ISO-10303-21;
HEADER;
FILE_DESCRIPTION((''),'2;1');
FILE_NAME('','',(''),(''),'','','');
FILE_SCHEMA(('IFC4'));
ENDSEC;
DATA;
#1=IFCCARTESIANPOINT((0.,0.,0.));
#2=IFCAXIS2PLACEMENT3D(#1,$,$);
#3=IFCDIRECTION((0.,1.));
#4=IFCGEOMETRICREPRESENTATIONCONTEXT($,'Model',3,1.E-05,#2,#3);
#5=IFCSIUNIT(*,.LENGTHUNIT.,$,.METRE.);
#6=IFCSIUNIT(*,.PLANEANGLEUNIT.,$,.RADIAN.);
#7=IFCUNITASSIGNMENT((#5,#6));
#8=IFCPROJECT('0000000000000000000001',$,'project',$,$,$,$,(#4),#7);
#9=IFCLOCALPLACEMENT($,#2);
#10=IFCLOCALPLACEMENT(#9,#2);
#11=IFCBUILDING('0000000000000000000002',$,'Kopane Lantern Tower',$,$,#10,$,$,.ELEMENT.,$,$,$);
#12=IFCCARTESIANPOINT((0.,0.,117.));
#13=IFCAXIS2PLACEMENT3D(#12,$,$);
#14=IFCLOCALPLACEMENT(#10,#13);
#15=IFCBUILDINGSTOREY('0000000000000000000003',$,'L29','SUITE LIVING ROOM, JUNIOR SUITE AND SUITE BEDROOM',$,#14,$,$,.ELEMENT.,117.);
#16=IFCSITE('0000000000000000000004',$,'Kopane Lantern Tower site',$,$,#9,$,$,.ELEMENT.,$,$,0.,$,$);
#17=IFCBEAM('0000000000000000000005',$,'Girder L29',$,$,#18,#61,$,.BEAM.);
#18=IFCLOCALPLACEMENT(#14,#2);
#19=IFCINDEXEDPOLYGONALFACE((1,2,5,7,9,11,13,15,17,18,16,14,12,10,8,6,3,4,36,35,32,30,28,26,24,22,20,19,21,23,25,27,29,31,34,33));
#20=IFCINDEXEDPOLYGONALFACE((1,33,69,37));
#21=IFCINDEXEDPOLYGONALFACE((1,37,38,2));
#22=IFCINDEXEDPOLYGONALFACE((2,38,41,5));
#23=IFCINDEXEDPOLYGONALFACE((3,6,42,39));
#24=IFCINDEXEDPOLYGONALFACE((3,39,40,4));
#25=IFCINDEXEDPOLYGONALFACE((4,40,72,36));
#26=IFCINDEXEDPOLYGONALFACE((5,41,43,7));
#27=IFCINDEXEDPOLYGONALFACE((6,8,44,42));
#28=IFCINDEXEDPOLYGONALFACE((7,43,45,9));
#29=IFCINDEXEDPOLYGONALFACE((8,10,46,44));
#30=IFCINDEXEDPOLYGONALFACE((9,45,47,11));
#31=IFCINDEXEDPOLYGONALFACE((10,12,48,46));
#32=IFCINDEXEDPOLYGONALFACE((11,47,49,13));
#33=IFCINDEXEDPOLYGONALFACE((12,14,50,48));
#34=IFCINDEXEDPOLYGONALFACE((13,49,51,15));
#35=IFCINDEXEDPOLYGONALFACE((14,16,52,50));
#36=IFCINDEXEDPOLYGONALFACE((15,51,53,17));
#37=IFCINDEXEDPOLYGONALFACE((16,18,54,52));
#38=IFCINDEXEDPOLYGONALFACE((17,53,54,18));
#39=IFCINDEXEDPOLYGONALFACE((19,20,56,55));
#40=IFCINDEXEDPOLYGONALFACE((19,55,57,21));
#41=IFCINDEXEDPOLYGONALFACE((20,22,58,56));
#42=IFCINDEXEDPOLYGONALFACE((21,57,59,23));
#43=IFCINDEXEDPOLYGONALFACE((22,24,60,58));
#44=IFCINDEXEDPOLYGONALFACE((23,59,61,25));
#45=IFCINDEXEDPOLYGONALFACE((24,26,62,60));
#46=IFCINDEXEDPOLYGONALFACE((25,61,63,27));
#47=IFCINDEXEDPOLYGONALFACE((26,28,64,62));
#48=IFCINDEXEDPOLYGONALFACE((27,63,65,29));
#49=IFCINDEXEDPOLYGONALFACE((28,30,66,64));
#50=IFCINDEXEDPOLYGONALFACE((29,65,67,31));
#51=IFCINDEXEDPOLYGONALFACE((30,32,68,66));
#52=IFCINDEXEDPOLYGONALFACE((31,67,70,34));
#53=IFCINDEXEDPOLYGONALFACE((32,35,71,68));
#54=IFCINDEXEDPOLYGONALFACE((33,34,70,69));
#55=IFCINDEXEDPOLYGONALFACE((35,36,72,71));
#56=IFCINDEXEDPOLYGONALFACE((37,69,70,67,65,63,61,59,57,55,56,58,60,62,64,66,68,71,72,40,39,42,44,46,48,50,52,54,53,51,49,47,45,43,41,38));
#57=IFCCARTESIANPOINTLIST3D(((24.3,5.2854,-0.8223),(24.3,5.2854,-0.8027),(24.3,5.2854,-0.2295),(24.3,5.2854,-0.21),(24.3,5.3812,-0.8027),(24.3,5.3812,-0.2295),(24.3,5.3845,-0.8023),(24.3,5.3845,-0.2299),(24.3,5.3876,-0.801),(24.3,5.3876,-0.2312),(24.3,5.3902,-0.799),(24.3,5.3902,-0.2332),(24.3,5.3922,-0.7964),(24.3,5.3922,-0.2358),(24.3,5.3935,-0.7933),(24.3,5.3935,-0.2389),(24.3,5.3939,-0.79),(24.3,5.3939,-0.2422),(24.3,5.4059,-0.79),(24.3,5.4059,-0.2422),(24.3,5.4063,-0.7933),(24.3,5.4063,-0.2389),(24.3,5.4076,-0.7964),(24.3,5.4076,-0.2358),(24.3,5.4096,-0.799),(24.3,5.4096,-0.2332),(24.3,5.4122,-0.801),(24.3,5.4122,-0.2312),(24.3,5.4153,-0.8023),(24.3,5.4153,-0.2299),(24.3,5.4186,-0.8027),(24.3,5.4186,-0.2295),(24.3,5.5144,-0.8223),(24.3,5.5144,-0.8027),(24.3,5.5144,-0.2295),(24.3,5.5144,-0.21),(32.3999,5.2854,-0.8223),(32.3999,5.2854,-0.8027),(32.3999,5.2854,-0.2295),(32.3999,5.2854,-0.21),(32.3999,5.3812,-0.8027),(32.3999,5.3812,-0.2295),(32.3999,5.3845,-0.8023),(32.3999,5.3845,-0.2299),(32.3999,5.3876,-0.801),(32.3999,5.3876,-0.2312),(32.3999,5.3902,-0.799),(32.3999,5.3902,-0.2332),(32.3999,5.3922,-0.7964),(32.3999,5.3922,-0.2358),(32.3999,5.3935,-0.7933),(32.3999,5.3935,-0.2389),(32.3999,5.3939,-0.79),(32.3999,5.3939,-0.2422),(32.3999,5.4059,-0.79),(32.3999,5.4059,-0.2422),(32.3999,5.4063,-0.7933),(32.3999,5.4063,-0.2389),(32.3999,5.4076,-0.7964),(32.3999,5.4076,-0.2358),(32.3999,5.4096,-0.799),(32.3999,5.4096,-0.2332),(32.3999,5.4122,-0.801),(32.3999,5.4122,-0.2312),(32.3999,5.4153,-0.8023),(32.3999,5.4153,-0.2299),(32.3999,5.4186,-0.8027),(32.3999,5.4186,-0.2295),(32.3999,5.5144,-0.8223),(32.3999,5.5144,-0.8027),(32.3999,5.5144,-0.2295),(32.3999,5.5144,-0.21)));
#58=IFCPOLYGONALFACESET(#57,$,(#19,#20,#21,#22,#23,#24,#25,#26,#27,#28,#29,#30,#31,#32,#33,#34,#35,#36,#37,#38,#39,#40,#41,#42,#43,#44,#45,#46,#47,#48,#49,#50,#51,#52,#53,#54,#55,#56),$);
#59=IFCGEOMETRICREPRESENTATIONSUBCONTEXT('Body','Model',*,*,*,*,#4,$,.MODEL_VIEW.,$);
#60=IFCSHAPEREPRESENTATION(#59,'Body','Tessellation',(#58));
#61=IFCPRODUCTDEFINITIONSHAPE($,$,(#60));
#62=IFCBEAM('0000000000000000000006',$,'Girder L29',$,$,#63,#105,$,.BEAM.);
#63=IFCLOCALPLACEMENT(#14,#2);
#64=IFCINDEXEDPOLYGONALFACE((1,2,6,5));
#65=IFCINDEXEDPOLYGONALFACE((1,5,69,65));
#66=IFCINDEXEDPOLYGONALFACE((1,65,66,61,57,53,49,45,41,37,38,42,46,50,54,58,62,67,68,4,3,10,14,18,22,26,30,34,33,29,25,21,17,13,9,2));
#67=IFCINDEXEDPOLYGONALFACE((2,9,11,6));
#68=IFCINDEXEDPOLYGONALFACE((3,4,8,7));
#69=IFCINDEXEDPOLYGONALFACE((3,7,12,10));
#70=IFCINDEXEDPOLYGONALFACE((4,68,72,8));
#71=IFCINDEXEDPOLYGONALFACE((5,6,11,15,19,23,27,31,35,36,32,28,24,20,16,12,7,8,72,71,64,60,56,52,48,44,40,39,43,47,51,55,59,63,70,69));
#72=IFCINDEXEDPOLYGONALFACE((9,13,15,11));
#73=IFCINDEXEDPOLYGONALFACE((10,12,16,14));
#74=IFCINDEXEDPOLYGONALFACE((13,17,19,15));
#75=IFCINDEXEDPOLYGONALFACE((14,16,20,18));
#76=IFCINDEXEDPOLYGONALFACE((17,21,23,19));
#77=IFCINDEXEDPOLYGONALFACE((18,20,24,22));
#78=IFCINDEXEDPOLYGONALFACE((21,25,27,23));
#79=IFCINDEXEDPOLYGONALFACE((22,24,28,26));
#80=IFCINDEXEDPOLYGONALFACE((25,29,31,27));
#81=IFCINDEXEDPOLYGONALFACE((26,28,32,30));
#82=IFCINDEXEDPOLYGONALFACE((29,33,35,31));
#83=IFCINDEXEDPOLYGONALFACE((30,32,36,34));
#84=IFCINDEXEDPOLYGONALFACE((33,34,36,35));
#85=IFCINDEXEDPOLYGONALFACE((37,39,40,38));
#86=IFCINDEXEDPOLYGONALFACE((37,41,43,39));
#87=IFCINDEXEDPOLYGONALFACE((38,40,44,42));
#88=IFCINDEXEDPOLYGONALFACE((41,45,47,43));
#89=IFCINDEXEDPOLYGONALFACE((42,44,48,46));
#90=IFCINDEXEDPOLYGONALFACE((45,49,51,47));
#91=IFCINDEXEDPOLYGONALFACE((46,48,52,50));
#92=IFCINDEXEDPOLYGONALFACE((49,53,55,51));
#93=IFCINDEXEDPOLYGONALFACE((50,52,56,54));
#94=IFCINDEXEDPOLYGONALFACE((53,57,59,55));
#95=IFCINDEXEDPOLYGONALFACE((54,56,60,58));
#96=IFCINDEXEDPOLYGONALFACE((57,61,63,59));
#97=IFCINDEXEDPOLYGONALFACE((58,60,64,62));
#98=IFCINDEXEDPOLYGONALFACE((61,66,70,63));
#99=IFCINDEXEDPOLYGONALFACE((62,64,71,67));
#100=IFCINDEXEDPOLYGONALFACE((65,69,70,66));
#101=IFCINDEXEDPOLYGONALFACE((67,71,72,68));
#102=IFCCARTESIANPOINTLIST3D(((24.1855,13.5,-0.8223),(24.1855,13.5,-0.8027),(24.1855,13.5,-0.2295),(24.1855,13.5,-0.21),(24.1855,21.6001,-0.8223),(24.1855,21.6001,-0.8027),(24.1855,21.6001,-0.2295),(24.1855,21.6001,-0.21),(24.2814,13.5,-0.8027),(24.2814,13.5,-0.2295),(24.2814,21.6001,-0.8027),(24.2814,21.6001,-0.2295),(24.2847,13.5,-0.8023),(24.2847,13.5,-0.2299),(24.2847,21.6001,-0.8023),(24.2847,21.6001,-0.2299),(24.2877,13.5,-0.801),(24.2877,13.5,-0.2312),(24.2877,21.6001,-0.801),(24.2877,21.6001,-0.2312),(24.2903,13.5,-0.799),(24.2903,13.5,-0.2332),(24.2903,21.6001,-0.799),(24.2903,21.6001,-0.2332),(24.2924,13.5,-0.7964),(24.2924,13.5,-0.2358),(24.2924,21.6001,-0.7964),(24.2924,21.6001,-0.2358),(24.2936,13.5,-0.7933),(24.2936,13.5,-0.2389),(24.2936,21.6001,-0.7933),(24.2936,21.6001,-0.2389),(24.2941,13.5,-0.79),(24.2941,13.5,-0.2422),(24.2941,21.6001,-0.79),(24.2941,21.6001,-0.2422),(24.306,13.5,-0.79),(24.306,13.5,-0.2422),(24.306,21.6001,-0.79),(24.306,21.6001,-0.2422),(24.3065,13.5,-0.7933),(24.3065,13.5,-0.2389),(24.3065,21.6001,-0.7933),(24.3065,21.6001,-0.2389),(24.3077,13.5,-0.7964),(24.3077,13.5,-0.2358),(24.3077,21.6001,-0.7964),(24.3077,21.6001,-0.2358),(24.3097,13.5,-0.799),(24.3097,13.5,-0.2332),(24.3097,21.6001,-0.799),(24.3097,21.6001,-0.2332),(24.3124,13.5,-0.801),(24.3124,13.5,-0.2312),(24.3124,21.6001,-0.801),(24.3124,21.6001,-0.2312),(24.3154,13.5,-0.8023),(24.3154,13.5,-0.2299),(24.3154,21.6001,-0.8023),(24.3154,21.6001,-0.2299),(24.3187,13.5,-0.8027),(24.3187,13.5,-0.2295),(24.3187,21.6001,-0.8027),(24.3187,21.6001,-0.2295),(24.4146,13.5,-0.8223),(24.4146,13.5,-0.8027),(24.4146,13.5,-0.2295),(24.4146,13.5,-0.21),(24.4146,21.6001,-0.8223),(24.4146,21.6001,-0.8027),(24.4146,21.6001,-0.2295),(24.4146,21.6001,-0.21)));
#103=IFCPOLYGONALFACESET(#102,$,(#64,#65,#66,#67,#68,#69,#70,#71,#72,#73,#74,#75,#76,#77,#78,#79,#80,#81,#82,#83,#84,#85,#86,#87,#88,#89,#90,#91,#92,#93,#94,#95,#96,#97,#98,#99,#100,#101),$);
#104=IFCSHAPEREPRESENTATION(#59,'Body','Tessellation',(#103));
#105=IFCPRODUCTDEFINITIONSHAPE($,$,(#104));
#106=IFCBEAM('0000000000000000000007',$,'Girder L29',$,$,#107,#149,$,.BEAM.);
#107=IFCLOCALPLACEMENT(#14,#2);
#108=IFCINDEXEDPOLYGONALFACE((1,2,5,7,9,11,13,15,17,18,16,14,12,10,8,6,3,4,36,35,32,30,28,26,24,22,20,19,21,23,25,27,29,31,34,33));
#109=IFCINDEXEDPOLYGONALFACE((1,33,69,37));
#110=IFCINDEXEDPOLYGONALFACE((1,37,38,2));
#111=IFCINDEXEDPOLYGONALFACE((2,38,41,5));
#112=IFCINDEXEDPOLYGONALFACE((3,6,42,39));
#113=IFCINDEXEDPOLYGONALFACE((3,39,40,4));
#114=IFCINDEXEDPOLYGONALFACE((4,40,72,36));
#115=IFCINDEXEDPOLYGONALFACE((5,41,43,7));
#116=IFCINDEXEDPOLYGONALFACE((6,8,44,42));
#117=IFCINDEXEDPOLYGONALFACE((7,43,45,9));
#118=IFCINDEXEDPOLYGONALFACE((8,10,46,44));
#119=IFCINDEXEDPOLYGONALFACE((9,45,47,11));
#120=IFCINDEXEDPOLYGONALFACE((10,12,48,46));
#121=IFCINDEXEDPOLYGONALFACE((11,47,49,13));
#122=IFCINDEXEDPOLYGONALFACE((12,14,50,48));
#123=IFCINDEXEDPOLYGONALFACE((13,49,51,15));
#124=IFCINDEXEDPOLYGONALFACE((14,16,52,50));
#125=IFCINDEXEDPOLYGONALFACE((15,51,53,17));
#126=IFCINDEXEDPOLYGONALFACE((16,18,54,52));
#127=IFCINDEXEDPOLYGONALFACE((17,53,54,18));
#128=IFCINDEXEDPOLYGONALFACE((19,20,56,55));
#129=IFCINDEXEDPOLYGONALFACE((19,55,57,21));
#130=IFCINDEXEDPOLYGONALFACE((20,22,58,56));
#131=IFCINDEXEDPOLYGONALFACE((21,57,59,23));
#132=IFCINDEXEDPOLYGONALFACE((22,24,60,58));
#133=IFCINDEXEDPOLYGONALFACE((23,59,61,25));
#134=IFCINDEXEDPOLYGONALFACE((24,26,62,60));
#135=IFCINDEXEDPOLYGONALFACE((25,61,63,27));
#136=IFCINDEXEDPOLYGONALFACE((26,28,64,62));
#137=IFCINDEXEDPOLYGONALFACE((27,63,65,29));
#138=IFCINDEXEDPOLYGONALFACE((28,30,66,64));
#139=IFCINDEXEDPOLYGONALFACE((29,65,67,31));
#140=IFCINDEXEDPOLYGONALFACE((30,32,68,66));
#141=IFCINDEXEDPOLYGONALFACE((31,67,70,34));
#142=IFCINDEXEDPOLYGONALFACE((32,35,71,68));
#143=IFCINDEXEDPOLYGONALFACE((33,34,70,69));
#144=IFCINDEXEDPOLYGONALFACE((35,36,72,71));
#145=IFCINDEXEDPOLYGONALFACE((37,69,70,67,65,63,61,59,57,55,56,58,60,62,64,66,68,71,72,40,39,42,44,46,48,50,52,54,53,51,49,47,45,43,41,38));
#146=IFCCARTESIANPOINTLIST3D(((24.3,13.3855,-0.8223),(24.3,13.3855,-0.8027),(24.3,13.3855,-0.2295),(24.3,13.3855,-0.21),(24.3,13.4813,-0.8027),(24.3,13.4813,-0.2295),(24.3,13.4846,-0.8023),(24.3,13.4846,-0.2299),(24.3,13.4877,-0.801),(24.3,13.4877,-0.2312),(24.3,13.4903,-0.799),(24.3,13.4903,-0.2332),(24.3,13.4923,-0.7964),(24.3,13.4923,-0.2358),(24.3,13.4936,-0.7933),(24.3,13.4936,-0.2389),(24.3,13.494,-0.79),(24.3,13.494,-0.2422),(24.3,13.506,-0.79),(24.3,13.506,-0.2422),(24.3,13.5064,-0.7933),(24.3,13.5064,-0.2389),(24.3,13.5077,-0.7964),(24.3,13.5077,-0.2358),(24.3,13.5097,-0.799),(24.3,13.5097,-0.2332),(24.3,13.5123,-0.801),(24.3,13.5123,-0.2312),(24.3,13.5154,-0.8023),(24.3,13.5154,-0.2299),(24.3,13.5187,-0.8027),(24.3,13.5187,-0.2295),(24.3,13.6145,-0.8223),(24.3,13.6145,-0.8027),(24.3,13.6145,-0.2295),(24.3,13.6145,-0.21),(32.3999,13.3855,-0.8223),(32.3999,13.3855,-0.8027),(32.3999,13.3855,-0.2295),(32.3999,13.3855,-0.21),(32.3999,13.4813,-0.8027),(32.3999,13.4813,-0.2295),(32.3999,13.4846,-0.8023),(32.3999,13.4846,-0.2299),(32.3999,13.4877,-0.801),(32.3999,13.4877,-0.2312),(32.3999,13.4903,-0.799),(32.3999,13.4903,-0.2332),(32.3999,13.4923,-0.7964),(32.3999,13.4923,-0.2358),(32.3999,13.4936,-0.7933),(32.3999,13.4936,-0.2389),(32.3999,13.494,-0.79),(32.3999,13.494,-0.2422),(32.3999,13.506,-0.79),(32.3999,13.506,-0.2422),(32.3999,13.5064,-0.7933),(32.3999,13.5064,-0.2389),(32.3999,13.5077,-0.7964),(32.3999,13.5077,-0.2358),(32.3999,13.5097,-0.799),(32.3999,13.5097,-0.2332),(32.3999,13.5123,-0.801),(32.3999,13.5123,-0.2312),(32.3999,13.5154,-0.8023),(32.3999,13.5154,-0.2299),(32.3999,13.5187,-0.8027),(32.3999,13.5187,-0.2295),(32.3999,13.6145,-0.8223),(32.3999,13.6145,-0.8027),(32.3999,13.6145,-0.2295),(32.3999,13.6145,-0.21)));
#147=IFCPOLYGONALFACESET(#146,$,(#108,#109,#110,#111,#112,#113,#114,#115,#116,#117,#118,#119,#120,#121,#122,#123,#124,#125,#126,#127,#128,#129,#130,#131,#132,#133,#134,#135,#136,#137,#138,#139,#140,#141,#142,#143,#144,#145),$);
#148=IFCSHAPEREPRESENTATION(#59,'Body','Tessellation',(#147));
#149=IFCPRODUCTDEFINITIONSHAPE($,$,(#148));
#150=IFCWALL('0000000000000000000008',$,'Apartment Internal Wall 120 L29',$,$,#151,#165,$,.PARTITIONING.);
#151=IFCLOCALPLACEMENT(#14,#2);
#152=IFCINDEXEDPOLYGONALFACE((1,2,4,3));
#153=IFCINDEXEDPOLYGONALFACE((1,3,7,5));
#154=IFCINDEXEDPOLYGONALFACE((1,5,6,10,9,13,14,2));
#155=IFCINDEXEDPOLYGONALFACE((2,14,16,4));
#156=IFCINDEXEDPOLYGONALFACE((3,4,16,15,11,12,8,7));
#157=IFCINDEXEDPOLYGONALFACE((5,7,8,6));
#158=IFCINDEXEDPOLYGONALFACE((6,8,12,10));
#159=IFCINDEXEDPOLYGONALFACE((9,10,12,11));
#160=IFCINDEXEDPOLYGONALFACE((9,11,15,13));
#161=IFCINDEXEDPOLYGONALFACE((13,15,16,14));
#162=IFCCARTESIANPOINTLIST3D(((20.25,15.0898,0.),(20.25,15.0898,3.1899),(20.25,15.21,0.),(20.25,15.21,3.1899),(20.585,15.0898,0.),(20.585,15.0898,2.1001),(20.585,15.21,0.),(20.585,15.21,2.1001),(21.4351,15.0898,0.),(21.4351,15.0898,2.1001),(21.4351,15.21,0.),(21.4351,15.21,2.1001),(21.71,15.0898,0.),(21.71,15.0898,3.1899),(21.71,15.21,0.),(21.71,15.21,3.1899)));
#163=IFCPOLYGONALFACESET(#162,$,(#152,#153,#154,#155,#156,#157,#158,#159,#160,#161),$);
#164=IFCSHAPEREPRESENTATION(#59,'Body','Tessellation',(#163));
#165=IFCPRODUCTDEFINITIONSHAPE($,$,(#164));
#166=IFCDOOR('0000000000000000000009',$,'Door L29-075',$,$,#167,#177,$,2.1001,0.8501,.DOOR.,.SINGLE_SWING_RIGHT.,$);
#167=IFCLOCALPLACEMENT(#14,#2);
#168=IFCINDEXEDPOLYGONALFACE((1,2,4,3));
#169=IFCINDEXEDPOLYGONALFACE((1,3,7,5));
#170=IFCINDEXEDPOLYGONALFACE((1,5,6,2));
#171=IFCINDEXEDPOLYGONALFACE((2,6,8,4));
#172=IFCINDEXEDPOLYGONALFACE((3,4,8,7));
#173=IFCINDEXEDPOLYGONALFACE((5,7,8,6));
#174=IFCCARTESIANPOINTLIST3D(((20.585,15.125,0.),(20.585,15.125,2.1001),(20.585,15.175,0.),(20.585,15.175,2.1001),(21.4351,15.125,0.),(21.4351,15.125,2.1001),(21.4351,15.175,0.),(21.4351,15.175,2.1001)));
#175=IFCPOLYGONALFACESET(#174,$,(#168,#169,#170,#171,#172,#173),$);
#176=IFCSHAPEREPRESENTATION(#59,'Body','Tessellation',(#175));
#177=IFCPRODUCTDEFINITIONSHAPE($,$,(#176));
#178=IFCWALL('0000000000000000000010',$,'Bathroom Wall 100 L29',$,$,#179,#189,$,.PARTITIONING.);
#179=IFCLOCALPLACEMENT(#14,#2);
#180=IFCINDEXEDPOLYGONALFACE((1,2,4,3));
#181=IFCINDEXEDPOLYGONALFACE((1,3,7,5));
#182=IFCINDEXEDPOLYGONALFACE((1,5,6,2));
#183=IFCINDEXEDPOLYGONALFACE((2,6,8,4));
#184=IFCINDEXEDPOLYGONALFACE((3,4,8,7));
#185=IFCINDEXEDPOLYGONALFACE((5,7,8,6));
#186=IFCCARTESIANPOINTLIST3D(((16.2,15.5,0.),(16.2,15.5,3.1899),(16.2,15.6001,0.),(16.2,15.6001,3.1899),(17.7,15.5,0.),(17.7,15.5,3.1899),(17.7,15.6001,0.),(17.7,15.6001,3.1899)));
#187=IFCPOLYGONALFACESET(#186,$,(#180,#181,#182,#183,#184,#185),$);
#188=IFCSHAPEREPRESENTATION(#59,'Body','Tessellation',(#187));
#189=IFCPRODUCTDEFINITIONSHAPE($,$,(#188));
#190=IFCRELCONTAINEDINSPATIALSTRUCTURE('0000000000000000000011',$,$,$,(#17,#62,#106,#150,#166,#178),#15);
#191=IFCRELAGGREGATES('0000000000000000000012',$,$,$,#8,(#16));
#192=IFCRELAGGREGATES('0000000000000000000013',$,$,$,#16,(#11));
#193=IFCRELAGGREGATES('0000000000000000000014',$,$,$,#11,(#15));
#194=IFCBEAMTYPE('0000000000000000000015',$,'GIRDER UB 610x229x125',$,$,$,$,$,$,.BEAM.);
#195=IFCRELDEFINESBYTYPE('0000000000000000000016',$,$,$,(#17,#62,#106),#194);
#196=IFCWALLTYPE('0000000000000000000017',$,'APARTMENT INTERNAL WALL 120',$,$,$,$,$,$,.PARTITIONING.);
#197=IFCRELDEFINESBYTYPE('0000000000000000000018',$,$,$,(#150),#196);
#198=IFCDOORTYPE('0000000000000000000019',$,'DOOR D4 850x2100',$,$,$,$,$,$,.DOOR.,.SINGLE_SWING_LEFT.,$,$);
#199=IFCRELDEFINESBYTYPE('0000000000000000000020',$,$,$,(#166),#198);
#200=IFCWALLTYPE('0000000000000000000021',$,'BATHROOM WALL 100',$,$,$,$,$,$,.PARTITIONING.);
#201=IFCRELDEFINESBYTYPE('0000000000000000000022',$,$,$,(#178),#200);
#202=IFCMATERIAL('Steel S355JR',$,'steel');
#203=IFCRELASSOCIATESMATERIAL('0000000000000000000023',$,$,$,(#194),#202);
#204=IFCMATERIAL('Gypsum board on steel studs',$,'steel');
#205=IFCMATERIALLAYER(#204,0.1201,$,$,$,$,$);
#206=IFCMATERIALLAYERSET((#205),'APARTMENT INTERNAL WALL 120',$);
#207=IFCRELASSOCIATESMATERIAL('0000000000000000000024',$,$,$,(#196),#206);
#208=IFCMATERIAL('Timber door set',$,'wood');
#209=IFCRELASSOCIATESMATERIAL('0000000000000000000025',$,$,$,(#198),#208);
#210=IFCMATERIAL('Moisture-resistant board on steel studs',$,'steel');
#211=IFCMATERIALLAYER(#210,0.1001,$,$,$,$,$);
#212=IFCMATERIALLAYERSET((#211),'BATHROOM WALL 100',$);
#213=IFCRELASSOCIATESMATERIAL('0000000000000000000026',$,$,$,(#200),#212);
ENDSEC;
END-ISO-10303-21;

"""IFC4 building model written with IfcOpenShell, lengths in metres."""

from ifc_helpers import new_model, si_unit, direction, frame, frame_2d, origin, origin_2d, place, context, subcontext, project, spatial, rectangle, i_section, extrude, material, layer, layer_set, material_profile, profile_set, type_object, element, fill, save


model = new_model("IFC4")

# Units and contexts
model_context = context("Model", 3, precision=1e-05, world=origin(), true_north=direction((0.0, 1.0)))
body_context = subcontext(model_context, "Body", "Model", "MODEL_VIEW")
ifc_project = project(units=[si_unit("LENGTHUNIT", "METRE"), si_unit("PLANEANGLEUNIT", "RADIAN")], contexts=[model_context])

# Site, building, storey
site_placement = place(None, origin())
site = spatial("IfcSite", under=ifc_project, at=site_placement, Name="Kopane Lantern Tower site", CompositionType="ELEMENT", RefElevation=0.0)
building_placement = place(site_placement, origin())
building = spatial("IfcBuilding", under=site, at=building_placement, Name="Kopane Lantern Tower", CompositionType="ELEMENT")
storey_placement = place(building_placement, frame((0.0, 0.0, 117.0)))
storey = spatial("IfcBuildingStorey", under=building, at=storey_placement, Name="L29", Description="SUITE LIVING ROOM, JUNIOR SUITE AND SUITE BEDROOM", CompositionType="ELEMENT", Elevation=117.0)

# Beams
ifc_material_1 = material(Name="Steel S355JR", Category="steel")
ifc_material_profile_1 = material_profile(ifc_material_1, i_section(OverallWidth=0.229, OverallDepth=0.6123, WebThickness=0.012, FlangeThickness=0.0195, FilletRadius=0.0127, at=origin_2d()), Name="UB 610x229x125")
ifc_profile_set_1 = profile_set([ifc_material_profile_1], Name="Steel S355JR")
beam_type = type_object("IfcBeamType", Name="GIRDER UB 610x229x125", PredefinedType="BEAM", material=ifc_profile_set_1)
beam_1_placement = place(storey_placement, frame((24.3, 5.3999, -0.5161), z_axis=(1.0, 0.0, 0.0), x_axis=(0.0, 1.0, 0.0)))
element("IfcBeam", 1, at=beam_1_placement, inside=storey, type_object=beam_type, Name="Girder L29", PredefinedType="BEAM", context=body_context, shape_type="SweptSolid", body=[
    extrude(i_section(OverallWidth=0.229, OverallDepth=0.6123, WebThickness=0.012, FlangeThickness=0.0195, FilletRadius=0.0127, at=origin_2d()), origin(), (0.0, 0.0, 1.0), 8.0999),
])
beam_2_placement = place(storey_placement, frame((24.3, 13.5, -0.5161), z_axis=(0.0, 1.0, 0.0), x_axis=(-1.0, 0.0, 0.0)))
element("IfcBeam", 2, at=beam_2_placement, inside=storey, type_object=beam_type, Name="Girder L29", PredefinedType="BEAM", context=body_context, shape_type="SweptSolid", body=[
    extrude(i_section(OverallWidth=0.229, OverallDepth=0.6123, WebThickness=0.012, FlangeThickness=0.0195, FilletRadius=0.0127, at=origin_2d()), origin(), (0.0, 0.0, 1.0), 8.1001),
])
beam_3_placement = place(storey_placement, frame((24.3, 13.5, -0.5161), z_axis=(1.0, 0.0, 0.0), x_axis=(0.0, 1.0, 0.0)))
element("IfcBeam", 3, at=beam_3_placement, inside=storey, type_object=beam_type, Name="Girder L29", PredefinedType="BEAM", context=body_context, shape_type="SweptSolid", body=[
    extrude(i_section(OverallWidth=0.229, OverallDepth=0.6123, WebThickness=0.012, FlangeThickness=0.0195, FilletRadius=0.0127, at=origin_2d()), origin(), (0.0, 0.0, 1.0), 8.0999),
])

# Wall, opening, door
ifc_material_2 = material(Name="Gypsum board on steel studs", Category="steel")
ifc_layer_1 = layer(ifc_material_2, 0.1201)
ifc_layer_set_1 = layer_set([ifc_layer_1], Name="APARTMENT INTERNAL WALL 120")
wall_type_1 = type_object("IfcWallType", Name="APARTMENT INTERNAL WALL 120", PredefinedType="PARTITIONING", material=ifc_layer_set_1)
wall_1_placement = place(storey_placement, frame((21.71, 15.1499, 0.0), z_axis=(0.0, 0.0, 1.0), x_axis=(-1.0, 0.0, 0.0)))
wall_1 = element("IfcWall", 4, at=wall_1_placement, inside=storey, type_object=wall_type_1, Name="Apartment Internal Wall 120 L29", PredefinedType="PARTITIONING", context=body_context, shape_type="SweptSolid", body=[
    extrude(rectangle(XDim=1.46, YDim=0.1201, at=frame_2d((0.73, 0.0))), origin(), (0.0, 0.0, 1.0), 3.1899),
])
opening_placement = place(wall_1_placement, frame((0.2749, 0.0, 0.0)))
opening = element("IfcOpeningElement", 5, at=opening_placement, cuts=wall_1, PredefinedType="OPENING", context=body_context, shape_type="SweptSolid", body=[
    extrude(rectangle(XDim=0.8501, YDim=2.1001, at=frame_2d((0.425, 1.05))), frame((0.0, 0.0701, 0.0), z_axis=(0.0, -1.0, 0.0), x_axis=(1.0, 0.0, 0.0)), (0.0, 0.0, 1.0), 0.1401),
])
ifc_material_3 = material(Name="Timber door set", Category="wood")
door_type = type_object("IfcDoorType", Name="DOOR D4 850x2100", OperationType="SINGLE_SWING_LEFT", PredefinedType="DOOR", material=ifc_material_3)
door_placement = place(opening_placement, origin())
door = element("IfcDoor", 6, at=door_placement, inside=storey, type_object=door_type, Name="Door L29-075", OperationType="SINGLE_SWING_RIGHT", OverallHeight=2.1001, OverallWidth=0.8501, PredefinedType="DOOR", context=body_context, shape_type="SweptSolid", body=[
    extrude(rectangle(XDim=0.8501, YDim=2.1001, at=frame_2d((0.425, 1.05))), frame((0.0, 0.0249, 0.0), z_axis=(0.0, -1.0, 0.0), x_axis=(1.0, 0.0, 0.0)), (0.0, 0.0, 1.0), 0.05),
])
fill(opening, door)

# Wall
ifc_material_4 = material(Name="Moisture-resistant board on steel studs", Category="steel")
ifc_layer_2 = layer(ifc_material_4, 0.1001)
ifc_layer_set_2 = layer_set([ifc_layer_2], Name="BATHROOM WALL 100")
wall_type_2 = type_object("IfcWallType", Name="BATHROOM WALL 100", PredefinedType="PARTITIONING", material=ifc_layer_set_2)
wall_2_placement = place(storey_placement, frame((16.2, 15.55, 0.0), z_axis=(0.0, 0.0, 1.0), x_axis=(1.0, 0.0, 0.0)))
element("IfcWall", 7, at=wall_2_placement, inside=storey, type_object=wall_type_2, Name="Bathroom Wall 100 L29", PredefinedType="PARTITIONING", context=body_context, shape_type="SweptSolid", body=[
    extrude(rectangle(XDim=1.5, YDim=0.1001, at=frame_2d((0.75, 0.0))), origin(), (0.0, 0.0, 1.0), 3.1899),
])

save(model, "model.ifc")
